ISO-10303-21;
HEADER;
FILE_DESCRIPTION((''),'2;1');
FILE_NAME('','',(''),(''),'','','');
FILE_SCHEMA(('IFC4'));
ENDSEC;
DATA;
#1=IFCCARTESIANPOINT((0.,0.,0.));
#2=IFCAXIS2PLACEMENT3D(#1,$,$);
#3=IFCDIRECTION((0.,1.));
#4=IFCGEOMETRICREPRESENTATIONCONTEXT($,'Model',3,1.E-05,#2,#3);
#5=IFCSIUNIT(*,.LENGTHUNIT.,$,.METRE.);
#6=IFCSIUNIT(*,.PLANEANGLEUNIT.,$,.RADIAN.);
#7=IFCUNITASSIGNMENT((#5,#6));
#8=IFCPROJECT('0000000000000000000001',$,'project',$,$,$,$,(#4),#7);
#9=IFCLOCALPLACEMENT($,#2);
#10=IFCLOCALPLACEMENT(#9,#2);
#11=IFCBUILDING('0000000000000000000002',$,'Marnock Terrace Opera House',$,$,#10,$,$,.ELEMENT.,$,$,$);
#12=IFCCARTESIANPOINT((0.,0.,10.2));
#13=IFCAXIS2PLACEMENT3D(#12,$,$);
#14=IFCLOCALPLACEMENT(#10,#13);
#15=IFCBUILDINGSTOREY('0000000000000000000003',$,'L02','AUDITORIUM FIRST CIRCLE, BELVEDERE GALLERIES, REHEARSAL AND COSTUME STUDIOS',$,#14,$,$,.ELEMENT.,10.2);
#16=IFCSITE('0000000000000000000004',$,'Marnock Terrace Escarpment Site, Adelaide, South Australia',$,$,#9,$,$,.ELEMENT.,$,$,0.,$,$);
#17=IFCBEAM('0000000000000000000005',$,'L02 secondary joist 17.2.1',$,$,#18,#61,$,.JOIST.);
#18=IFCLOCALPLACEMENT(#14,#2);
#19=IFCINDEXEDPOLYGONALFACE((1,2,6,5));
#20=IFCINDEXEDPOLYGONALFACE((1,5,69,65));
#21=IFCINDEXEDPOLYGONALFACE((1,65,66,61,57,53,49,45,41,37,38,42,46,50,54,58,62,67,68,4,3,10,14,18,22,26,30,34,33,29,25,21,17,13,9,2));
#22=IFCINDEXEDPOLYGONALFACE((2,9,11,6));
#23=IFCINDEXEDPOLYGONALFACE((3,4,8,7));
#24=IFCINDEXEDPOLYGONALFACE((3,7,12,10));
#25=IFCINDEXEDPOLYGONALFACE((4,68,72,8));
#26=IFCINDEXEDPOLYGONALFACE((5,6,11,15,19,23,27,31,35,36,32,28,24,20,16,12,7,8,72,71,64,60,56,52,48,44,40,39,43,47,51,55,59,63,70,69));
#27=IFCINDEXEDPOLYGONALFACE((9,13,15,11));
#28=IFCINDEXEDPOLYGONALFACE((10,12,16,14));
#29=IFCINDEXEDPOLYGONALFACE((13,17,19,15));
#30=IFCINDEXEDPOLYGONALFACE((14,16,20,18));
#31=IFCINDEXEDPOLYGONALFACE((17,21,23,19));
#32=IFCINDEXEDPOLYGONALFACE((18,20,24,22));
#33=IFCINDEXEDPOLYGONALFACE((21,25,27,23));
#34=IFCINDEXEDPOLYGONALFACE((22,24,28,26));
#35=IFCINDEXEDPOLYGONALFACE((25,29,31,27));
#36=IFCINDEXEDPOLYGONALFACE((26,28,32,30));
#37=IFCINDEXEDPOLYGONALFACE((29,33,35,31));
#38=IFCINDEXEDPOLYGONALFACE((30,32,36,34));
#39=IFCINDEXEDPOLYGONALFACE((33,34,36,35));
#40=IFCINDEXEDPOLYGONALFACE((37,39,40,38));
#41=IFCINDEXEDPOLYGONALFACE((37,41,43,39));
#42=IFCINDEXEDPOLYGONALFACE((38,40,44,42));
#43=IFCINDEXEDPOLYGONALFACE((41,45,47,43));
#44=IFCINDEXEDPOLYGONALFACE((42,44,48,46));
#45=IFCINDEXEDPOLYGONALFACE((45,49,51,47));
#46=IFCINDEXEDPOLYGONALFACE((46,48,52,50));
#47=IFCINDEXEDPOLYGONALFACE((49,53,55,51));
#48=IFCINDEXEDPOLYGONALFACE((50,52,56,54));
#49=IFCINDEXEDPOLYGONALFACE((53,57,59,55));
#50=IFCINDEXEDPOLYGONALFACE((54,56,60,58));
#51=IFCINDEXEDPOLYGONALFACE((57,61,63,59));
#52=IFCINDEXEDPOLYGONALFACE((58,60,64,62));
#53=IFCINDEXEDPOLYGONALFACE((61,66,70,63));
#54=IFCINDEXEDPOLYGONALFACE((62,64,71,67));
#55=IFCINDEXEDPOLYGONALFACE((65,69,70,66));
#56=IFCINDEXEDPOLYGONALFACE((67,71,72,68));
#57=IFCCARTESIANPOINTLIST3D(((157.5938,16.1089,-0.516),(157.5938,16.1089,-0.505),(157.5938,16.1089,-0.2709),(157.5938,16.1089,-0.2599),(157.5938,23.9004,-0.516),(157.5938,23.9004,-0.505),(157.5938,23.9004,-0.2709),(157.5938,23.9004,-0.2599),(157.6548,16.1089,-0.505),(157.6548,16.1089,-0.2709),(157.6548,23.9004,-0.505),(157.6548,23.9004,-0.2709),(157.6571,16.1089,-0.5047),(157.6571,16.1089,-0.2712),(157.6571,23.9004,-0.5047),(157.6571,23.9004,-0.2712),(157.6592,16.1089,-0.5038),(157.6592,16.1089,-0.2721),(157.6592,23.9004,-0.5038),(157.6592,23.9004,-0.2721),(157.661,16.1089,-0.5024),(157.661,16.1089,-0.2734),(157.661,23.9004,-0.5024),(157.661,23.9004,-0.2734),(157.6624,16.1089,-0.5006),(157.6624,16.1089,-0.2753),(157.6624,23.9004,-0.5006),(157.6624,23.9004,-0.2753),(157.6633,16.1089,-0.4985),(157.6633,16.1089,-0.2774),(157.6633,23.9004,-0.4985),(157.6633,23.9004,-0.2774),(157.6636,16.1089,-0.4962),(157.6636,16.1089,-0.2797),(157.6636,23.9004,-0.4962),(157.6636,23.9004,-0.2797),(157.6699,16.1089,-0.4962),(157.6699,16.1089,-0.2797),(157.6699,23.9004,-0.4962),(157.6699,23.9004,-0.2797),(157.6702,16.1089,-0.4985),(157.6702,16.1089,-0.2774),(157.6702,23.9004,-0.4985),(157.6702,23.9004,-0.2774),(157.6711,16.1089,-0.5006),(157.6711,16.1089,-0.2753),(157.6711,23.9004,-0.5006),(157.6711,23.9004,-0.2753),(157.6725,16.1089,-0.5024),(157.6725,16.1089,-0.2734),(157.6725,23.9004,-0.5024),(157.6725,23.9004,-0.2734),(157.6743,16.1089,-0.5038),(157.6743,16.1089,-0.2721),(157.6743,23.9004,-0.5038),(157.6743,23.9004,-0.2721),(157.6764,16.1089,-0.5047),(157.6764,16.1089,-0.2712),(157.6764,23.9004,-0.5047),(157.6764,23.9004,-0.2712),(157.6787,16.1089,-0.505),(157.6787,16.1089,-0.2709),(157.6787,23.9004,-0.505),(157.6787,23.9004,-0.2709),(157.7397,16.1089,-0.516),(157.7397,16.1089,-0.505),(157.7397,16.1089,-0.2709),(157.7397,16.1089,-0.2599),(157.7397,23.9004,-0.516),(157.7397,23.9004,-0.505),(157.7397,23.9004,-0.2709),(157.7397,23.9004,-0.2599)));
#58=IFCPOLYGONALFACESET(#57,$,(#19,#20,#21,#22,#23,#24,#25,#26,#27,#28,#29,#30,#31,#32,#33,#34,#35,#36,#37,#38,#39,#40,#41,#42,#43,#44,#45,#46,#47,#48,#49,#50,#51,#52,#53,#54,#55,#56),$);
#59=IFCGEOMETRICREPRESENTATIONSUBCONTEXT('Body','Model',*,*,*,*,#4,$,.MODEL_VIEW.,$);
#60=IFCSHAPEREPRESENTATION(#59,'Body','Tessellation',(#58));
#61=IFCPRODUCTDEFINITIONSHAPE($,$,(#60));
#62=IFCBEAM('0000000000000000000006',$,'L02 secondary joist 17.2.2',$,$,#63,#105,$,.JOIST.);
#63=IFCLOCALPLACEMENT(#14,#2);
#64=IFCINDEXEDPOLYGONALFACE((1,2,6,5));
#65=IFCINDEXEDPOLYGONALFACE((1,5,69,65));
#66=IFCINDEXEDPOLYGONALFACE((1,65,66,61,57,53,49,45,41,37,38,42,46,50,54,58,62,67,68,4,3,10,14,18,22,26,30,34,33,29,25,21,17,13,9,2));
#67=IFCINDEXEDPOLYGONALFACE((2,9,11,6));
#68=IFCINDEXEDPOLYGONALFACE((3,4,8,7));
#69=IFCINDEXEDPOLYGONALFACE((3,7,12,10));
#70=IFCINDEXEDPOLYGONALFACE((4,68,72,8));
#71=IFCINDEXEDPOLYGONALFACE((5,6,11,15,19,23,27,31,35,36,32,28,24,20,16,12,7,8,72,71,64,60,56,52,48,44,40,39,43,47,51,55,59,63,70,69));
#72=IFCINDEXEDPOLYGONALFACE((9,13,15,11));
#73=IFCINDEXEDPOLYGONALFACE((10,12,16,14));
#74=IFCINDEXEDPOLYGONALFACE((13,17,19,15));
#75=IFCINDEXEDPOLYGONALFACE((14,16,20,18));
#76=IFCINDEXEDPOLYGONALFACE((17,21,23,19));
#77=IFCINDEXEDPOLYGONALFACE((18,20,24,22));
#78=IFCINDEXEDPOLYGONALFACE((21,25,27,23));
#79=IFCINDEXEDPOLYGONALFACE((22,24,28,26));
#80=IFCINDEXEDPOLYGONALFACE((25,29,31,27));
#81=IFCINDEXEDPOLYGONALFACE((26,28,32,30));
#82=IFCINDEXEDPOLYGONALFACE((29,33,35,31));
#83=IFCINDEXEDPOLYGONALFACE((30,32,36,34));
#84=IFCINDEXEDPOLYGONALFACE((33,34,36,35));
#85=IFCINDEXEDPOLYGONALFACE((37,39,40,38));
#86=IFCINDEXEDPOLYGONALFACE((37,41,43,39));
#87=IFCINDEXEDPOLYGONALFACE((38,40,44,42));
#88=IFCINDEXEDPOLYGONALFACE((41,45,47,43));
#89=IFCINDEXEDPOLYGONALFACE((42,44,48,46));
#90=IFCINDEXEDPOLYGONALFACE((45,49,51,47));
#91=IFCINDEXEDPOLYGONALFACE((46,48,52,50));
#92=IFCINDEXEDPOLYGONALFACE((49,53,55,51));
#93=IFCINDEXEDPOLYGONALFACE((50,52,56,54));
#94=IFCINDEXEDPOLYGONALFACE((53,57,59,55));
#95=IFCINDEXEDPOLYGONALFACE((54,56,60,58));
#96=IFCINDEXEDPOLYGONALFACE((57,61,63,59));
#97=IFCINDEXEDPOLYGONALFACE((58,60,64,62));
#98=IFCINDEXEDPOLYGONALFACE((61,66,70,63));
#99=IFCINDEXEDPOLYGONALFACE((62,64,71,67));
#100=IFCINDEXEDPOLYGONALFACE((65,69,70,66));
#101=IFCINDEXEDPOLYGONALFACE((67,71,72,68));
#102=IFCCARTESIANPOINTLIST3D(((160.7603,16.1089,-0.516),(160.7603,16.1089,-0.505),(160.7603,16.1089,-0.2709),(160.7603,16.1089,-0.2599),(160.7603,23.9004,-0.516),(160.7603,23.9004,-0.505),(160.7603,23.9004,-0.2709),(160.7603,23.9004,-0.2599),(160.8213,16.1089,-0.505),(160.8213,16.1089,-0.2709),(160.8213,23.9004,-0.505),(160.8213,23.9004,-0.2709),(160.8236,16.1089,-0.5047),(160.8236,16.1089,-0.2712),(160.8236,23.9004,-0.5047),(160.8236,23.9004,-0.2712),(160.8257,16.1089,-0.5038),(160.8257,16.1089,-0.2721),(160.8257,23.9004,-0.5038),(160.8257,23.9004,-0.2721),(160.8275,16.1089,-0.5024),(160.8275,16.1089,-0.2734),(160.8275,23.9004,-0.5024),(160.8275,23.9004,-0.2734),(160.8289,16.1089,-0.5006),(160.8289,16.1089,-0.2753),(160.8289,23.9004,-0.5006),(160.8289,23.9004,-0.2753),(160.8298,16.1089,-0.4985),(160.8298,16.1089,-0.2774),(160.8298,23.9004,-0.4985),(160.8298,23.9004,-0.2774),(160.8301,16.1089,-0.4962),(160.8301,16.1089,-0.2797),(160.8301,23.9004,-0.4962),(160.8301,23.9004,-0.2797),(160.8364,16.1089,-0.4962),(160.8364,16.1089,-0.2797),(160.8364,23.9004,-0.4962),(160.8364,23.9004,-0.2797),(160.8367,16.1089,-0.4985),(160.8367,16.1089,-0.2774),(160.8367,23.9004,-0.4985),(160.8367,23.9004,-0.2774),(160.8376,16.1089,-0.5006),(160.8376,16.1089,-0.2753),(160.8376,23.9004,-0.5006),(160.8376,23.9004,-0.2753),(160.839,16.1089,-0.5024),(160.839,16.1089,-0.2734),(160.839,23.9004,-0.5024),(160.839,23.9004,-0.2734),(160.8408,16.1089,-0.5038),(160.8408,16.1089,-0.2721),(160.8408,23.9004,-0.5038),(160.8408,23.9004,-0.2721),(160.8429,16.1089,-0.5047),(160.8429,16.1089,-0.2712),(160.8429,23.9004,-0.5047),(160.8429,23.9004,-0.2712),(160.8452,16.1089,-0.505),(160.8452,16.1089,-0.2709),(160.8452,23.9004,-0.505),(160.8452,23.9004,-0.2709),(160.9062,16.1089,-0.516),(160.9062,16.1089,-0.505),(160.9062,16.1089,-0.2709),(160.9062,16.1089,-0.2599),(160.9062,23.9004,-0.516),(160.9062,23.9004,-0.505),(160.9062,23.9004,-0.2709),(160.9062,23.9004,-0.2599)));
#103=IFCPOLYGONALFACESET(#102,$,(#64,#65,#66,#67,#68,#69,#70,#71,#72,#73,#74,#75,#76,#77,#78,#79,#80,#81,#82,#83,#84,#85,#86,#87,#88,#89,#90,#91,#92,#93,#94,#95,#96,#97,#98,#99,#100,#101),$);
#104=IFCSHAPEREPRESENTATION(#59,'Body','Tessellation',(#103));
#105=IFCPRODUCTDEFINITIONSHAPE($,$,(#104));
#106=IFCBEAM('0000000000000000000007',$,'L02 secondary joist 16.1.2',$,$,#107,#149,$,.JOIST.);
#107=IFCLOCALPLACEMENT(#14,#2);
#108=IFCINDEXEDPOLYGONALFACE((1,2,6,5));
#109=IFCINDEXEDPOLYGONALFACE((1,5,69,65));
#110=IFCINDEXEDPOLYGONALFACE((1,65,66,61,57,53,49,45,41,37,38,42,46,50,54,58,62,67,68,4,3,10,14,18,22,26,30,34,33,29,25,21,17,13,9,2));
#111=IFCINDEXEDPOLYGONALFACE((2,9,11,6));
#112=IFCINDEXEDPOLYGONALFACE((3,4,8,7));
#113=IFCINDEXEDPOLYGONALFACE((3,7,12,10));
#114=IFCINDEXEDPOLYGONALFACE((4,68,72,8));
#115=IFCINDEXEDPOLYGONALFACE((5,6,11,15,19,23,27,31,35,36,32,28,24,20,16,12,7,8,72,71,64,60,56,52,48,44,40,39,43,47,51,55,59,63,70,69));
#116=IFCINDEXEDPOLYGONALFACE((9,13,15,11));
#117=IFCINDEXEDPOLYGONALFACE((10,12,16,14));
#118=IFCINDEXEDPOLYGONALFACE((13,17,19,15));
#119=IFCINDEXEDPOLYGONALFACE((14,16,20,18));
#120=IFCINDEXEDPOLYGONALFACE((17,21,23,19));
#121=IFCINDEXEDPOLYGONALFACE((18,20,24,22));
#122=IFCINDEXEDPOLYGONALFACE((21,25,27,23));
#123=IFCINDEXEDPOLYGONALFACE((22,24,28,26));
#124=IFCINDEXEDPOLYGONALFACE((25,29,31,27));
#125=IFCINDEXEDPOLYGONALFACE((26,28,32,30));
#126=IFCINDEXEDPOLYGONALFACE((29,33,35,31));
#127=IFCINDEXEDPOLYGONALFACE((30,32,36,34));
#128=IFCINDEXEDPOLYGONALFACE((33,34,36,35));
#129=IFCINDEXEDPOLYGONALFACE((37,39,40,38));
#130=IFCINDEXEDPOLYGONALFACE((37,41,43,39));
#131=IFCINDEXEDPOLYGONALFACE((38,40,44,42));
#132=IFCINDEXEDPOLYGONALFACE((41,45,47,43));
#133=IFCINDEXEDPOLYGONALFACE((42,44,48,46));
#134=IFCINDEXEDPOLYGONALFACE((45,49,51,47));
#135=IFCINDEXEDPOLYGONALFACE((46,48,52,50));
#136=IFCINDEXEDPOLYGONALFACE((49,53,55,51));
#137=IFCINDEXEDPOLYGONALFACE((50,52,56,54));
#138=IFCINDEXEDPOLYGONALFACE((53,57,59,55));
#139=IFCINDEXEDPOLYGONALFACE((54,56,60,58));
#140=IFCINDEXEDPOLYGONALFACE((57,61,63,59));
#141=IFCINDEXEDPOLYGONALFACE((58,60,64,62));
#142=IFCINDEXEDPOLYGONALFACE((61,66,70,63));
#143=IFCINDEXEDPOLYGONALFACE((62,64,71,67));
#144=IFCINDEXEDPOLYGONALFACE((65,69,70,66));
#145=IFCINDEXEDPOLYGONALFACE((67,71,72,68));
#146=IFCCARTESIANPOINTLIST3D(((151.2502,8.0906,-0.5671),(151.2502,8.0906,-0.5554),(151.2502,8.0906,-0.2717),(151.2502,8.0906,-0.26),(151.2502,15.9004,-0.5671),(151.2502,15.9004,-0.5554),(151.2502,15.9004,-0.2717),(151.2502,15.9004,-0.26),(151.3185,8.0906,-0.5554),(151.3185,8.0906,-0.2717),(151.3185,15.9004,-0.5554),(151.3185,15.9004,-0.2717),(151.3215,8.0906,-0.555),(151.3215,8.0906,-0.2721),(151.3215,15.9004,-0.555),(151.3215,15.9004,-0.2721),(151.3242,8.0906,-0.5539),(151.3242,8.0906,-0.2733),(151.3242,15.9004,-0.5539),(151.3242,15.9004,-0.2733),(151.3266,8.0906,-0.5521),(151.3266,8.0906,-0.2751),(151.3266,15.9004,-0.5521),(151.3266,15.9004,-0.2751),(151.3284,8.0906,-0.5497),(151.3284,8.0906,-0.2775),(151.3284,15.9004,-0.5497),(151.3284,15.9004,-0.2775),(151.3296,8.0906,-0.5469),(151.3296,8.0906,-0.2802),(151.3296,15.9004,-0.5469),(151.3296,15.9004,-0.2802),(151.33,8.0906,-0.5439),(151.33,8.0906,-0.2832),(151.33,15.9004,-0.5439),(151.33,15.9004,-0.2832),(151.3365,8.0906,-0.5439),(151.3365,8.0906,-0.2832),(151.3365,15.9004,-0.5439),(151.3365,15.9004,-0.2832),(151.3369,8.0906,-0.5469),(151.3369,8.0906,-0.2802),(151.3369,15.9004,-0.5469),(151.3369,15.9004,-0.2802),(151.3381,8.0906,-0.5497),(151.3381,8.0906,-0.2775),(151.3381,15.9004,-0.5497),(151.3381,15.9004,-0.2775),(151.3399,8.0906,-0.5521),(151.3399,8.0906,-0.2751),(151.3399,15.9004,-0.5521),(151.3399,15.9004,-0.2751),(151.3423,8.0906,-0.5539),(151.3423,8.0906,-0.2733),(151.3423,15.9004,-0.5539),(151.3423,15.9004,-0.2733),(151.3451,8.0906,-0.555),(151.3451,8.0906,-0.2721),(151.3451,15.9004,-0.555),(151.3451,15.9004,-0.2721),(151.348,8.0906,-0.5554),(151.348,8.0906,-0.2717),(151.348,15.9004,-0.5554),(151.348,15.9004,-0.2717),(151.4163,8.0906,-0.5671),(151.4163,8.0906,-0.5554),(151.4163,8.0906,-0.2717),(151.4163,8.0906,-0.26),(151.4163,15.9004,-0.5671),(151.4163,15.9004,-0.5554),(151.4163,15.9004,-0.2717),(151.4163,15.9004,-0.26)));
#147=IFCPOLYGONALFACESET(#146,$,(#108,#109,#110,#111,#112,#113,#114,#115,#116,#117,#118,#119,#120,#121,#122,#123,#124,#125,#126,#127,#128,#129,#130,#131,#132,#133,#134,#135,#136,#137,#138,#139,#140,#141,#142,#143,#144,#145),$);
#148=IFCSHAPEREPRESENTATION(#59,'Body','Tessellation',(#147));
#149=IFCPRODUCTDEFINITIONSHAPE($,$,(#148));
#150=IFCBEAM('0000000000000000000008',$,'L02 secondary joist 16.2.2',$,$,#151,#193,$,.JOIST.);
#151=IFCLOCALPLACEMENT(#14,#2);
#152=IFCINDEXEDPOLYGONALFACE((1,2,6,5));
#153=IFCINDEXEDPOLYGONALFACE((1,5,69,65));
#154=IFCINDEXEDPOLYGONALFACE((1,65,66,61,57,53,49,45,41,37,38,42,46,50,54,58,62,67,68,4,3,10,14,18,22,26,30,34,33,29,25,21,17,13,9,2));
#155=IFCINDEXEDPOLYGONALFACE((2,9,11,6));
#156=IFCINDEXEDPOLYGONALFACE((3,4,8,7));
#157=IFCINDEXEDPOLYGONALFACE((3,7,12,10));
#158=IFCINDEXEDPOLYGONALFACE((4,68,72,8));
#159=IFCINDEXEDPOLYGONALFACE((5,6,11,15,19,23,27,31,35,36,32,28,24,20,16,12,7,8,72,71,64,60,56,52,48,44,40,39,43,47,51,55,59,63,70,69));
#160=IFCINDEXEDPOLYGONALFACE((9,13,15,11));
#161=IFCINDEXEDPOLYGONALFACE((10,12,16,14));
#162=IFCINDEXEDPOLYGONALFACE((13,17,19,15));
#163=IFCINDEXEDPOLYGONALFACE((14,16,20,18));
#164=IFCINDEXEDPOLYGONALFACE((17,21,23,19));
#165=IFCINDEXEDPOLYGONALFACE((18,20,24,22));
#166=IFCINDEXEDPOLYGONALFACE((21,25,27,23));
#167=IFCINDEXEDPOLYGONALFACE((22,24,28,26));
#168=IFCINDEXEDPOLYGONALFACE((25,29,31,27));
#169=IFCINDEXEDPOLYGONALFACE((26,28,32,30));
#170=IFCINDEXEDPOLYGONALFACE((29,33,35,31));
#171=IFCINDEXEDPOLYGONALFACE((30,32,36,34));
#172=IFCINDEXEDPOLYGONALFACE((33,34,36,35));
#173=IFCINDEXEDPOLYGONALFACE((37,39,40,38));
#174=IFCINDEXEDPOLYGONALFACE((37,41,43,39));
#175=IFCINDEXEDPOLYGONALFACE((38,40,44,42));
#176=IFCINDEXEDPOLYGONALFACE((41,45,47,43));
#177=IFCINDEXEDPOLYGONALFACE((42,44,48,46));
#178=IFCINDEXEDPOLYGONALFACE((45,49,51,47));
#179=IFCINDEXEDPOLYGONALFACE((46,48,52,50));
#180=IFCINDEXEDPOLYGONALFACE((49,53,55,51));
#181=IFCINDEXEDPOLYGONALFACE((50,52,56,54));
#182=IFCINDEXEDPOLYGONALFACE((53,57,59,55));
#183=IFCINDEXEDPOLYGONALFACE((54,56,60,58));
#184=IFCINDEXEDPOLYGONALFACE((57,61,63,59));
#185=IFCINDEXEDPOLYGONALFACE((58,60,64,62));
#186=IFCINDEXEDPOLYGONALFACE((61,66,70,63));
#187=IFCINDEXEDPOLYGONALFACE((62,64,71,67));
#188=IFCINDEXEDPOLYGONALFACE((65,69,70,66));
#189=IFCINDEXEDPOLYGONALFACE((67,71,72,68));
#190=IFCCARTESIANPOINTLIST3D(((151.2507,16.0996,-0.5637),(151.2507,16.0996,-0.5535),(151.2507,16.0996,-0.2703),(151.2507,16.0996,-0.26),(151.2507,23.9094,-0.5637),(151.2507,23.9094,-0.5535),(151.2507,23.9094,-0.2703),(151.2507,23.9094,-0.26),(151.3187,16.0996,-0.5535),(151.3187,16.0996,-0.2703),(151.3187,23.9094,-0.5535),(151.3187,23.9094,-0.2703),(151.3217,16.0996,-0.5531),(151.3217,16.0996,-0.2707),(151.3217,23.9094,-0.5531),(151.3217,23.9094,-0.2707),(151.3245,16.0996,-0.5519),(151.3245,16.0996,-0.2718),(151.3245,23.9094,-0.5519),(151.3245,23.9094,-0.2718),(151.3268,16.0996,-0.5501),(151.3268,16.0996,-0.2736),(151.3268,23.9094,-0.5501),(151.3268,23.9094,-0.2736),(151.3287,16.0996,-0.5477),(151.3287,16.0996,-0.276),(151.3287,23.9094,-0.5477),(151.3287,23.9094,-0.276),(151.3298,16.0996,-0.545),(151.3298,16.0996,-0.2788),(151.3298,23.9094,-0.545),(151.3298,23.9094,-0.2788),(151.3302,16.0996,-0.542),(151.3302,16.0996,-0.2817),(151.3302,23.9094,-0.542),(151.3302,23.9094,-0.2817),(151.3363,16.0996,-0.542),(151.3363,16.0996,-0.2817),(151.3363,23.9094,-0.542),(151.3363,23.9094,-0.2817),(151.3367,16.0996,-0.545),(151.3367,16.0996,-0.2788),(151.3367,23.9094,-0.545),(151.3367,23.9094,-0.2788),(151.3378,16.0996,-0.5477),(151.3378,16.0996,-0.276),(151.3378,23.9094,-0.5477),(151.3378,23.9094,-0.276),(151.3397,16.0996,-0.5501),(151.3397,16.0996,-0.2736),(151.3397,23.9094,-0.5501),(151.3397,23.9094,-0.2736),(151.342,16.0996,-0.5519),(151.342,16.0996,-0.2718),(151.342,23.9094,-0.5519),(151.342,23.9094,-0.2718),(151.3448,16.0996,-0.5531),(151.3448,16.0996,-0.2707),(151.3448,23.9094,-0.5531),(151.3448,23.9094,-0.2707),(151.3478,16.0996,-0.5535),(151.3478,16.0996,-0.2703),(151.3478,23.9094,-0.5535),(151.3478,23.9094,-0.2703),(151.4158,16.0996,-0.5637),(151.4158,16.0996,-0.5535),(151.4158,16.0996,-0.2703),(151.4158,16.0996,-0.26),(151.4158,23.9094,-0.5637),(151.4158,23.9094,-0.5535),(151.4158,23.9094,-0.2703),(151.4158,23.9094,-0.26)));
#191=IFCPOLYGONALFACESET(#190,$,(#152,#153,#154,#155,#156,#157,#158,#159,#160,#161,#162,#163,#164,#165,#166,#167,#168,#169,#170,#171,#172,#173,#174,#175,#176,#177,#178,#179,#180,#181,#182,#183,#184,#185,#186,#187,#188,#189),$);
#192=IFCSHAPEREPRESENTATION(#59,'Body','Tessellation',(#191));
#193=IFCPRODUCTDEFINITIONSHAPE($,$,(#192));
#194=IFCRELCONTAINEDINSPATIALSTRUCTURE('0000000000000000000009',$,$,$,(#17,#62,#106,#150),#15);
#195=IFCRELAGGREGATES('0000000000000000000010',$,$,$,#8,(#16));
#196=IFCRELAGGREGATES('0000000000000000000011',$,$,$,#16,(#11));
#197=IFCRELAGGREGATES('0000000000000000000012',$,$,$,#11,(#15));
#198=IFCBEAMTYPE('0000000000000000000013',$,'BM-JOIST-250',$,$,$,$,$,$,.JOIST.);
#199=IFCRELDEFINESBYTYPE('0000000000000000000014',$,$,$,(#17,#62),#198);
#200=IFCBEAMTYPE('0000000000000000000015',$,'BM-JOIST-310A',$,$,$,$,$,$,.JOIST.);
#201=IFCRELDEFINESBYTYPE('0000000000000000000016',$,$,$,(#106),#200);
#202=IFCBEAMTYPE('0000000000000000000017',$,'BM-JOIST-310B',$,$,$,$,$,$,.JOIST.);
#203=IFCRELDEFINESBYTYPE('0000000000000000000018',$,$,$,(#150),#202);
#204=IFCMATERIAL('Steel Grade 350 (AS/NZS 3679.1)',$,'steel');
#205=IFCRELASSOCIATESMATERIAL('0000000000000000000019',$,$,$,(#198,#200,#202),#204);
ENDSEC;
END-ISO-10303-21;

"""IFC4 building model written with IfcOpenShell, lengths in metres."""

from ifc_helpers import new_model, si_unit, direction, frame, origin, origin_2d, place, context, subcontext, project, spatial, i_section, extrude, material, material_profile, profile_set, type_object, element, save


model = new_model("IFC4")

# Units and contexts
model_context = context("Model", 3, precision=1e-05, world=origin(), true_north=direction((0.0, 1.0)))
body_context = subcontext(model_context, "Body", "Model", "MODEL_VIEW")
ifc_project = project(units=[si_unit("LENGTHUNIT", "METRE"), si_unit("PLANEANGLEUNIT", "RADIAN")], contexts=[model_context])

# Site, building, storey
site_placement = place(None, origin())
site = spatial("IfcSite", under=ifc_project, at=site_placement, Name="Marnock Terrace Escarpment Site, Adelaide, South Australia", CompositionType="ELEMENT", RefElevation=0.0)
building_placement = place(site_placement, origin())
building = spatial("IfcBuilding", under=site, at=building_placement, Name="Marnock Terrace Opera House", CompositionType="ELEMENT")
storey_placement = place(building_placement, frame((0.0, 0.0, 10.2)))
storey = spatial("IfcBuildingStorey", under=building, at=storey_placement, Name="L02", Description="AUDITORIUM FIRST CIRCLE, BELVEDERE GALLERIES, REHEARSAL AND COSTUME STUDIOS", CompositionType="ELEMENT", Elevation=10.2)

# Beams
ifc_material_1 = material(Name="Steel Grade 350 (AS/NZS 3679.1)", Category="steel")
ifc_material_profile_1 = material_profile(ifc_material_1, i_section(OverallWidth=0.146, OverallDepth=0.2561, WebThickness=0.0063, FlangeThickness=0.011, FilletRadius=0.0088, at=origin_2d()))
ifc_profile_set_1 = profile_set([ifc_material_profile_1], Name="Steel Grade 350 (AS/NZS 3679.1)")
beam_type_1 = type_object("IfcBeamType", Name="BM-JOIST-250", PredefinedType="JOIST", material=ifc_profile_set_1)
for number, where, z_axis, x_axis, name in (
    (1, (157.6667, 16.1089, -0.3879), (0.0, 1.0, 0.0), (-1.0, 0.0, 0.0), "L02 secondary joist 17.2.1"),
    (2, (160.8333, 16.1089, -0.3879), (0.0, 1.0, 0.0), (-1.0, 0.0, 0.0), "L02 secondary joist 17.2.2"),
):
    element("IfcBeam", number, at=place(storey_placement, frame(where, z_axis=z_axis, x_axis=x_axis)), inside=storey, type_object=beam_type_1, Name=name, PredefinedType="JOIST", context=body_context, shape_type="SweptSolid", body=[
        extrude(i_section(OverallWidth=0.146, OverallDepth=0.2561, WebThickness=0.0063, FlangeThickness=0.011, FilletRadius=0.0088, at=origin_2d()), origin(), (0.0, 0.0, 1.0), 7.7915),
    ])
ifc_material_profile_2 = material_profile(ifc_material_1, i_section(OverallWidth=0.166, OverallDepth=0.3071, WebThickness=0.0066, FlangeThickness=0.0117, FilletRadius=0.0115, at=origin_2d()))
ifc_profile_set_2 = profile_set([ifc_material_profile_2], Name="Steel Grade 350 (AS/NZS 3679.1)")
beam_type_2 = type_object("IfcBeamType", Name="BM-JOIST-310A", PredefinedType="JOIST", material=ifc_profile_set_2)
beam_1_placement = place(storey_placement, frame((151.3333, 8.0906, -0.4136), z_axis=(0.0, 1.0, 0.0), x_axis=(-1.0, 0.0, 0.0)))
element("IfcBeam", 3, at=beam_1_placement, inside=storey, type_object=beam_type_2, Name="L02 secondary joist 16.1.2", PredefinedType="JOIST", context=body_context, shape_type="SweptSolid", body=[
    extrude(i_section(OverallWidth=0.166, OverallDepth=0.3071, WebThickness=0.0066, FlangeThickness=0.0117, FilletRadius=0.0115, at=origin_2d()), origin(), (0.0, 0.0, 1.0), 7.8098),
])
ifc_material_profile_3 = material_profile(ifc_material_1, i_section(OverallWidth=0.165, OverallDepth=0.3037, WebThickness=0.0061, FlangeThickness=0.0103, FilletRadius=0.0115, at=origin_2d()))
ifc_profile_set_3 = profile_set([ifc_material_profile_3], Name="Steel Grade 350 (AS/NZS 3679.1)")
beam_type_3 = type_object("IfcBeamType", Name="BM-JOIST-310B", PredefinedType="JOIST", material=ifc_profile_set_3)
beam_2_placement = place(storey_placement, frame((151.3333, 16.0996, -0.4119), z_axis=(0.0, 1.0, 0.0), x_axis=(-1.0, 0.0, 0.0)))
element("IfcBeam", 4, at=beam_2_placement, inside=storey, type_object=beam_type_3, Name="L02 secondary joist 16.2.2", PredefinedType="JOIST", context=body_context, shape_type="SweptSolid", body=[
    extrude(i_section(OverallWidth=0.165, OverallDepth=0.3037, WebThickness=0.0061, FlangeThickness=0.0103, FilletRadius=0.0115, at=origin_2d()), origin(), (0.0, 0.0, 1.0), 7.8098),
])

save(model, "model.ifc")
